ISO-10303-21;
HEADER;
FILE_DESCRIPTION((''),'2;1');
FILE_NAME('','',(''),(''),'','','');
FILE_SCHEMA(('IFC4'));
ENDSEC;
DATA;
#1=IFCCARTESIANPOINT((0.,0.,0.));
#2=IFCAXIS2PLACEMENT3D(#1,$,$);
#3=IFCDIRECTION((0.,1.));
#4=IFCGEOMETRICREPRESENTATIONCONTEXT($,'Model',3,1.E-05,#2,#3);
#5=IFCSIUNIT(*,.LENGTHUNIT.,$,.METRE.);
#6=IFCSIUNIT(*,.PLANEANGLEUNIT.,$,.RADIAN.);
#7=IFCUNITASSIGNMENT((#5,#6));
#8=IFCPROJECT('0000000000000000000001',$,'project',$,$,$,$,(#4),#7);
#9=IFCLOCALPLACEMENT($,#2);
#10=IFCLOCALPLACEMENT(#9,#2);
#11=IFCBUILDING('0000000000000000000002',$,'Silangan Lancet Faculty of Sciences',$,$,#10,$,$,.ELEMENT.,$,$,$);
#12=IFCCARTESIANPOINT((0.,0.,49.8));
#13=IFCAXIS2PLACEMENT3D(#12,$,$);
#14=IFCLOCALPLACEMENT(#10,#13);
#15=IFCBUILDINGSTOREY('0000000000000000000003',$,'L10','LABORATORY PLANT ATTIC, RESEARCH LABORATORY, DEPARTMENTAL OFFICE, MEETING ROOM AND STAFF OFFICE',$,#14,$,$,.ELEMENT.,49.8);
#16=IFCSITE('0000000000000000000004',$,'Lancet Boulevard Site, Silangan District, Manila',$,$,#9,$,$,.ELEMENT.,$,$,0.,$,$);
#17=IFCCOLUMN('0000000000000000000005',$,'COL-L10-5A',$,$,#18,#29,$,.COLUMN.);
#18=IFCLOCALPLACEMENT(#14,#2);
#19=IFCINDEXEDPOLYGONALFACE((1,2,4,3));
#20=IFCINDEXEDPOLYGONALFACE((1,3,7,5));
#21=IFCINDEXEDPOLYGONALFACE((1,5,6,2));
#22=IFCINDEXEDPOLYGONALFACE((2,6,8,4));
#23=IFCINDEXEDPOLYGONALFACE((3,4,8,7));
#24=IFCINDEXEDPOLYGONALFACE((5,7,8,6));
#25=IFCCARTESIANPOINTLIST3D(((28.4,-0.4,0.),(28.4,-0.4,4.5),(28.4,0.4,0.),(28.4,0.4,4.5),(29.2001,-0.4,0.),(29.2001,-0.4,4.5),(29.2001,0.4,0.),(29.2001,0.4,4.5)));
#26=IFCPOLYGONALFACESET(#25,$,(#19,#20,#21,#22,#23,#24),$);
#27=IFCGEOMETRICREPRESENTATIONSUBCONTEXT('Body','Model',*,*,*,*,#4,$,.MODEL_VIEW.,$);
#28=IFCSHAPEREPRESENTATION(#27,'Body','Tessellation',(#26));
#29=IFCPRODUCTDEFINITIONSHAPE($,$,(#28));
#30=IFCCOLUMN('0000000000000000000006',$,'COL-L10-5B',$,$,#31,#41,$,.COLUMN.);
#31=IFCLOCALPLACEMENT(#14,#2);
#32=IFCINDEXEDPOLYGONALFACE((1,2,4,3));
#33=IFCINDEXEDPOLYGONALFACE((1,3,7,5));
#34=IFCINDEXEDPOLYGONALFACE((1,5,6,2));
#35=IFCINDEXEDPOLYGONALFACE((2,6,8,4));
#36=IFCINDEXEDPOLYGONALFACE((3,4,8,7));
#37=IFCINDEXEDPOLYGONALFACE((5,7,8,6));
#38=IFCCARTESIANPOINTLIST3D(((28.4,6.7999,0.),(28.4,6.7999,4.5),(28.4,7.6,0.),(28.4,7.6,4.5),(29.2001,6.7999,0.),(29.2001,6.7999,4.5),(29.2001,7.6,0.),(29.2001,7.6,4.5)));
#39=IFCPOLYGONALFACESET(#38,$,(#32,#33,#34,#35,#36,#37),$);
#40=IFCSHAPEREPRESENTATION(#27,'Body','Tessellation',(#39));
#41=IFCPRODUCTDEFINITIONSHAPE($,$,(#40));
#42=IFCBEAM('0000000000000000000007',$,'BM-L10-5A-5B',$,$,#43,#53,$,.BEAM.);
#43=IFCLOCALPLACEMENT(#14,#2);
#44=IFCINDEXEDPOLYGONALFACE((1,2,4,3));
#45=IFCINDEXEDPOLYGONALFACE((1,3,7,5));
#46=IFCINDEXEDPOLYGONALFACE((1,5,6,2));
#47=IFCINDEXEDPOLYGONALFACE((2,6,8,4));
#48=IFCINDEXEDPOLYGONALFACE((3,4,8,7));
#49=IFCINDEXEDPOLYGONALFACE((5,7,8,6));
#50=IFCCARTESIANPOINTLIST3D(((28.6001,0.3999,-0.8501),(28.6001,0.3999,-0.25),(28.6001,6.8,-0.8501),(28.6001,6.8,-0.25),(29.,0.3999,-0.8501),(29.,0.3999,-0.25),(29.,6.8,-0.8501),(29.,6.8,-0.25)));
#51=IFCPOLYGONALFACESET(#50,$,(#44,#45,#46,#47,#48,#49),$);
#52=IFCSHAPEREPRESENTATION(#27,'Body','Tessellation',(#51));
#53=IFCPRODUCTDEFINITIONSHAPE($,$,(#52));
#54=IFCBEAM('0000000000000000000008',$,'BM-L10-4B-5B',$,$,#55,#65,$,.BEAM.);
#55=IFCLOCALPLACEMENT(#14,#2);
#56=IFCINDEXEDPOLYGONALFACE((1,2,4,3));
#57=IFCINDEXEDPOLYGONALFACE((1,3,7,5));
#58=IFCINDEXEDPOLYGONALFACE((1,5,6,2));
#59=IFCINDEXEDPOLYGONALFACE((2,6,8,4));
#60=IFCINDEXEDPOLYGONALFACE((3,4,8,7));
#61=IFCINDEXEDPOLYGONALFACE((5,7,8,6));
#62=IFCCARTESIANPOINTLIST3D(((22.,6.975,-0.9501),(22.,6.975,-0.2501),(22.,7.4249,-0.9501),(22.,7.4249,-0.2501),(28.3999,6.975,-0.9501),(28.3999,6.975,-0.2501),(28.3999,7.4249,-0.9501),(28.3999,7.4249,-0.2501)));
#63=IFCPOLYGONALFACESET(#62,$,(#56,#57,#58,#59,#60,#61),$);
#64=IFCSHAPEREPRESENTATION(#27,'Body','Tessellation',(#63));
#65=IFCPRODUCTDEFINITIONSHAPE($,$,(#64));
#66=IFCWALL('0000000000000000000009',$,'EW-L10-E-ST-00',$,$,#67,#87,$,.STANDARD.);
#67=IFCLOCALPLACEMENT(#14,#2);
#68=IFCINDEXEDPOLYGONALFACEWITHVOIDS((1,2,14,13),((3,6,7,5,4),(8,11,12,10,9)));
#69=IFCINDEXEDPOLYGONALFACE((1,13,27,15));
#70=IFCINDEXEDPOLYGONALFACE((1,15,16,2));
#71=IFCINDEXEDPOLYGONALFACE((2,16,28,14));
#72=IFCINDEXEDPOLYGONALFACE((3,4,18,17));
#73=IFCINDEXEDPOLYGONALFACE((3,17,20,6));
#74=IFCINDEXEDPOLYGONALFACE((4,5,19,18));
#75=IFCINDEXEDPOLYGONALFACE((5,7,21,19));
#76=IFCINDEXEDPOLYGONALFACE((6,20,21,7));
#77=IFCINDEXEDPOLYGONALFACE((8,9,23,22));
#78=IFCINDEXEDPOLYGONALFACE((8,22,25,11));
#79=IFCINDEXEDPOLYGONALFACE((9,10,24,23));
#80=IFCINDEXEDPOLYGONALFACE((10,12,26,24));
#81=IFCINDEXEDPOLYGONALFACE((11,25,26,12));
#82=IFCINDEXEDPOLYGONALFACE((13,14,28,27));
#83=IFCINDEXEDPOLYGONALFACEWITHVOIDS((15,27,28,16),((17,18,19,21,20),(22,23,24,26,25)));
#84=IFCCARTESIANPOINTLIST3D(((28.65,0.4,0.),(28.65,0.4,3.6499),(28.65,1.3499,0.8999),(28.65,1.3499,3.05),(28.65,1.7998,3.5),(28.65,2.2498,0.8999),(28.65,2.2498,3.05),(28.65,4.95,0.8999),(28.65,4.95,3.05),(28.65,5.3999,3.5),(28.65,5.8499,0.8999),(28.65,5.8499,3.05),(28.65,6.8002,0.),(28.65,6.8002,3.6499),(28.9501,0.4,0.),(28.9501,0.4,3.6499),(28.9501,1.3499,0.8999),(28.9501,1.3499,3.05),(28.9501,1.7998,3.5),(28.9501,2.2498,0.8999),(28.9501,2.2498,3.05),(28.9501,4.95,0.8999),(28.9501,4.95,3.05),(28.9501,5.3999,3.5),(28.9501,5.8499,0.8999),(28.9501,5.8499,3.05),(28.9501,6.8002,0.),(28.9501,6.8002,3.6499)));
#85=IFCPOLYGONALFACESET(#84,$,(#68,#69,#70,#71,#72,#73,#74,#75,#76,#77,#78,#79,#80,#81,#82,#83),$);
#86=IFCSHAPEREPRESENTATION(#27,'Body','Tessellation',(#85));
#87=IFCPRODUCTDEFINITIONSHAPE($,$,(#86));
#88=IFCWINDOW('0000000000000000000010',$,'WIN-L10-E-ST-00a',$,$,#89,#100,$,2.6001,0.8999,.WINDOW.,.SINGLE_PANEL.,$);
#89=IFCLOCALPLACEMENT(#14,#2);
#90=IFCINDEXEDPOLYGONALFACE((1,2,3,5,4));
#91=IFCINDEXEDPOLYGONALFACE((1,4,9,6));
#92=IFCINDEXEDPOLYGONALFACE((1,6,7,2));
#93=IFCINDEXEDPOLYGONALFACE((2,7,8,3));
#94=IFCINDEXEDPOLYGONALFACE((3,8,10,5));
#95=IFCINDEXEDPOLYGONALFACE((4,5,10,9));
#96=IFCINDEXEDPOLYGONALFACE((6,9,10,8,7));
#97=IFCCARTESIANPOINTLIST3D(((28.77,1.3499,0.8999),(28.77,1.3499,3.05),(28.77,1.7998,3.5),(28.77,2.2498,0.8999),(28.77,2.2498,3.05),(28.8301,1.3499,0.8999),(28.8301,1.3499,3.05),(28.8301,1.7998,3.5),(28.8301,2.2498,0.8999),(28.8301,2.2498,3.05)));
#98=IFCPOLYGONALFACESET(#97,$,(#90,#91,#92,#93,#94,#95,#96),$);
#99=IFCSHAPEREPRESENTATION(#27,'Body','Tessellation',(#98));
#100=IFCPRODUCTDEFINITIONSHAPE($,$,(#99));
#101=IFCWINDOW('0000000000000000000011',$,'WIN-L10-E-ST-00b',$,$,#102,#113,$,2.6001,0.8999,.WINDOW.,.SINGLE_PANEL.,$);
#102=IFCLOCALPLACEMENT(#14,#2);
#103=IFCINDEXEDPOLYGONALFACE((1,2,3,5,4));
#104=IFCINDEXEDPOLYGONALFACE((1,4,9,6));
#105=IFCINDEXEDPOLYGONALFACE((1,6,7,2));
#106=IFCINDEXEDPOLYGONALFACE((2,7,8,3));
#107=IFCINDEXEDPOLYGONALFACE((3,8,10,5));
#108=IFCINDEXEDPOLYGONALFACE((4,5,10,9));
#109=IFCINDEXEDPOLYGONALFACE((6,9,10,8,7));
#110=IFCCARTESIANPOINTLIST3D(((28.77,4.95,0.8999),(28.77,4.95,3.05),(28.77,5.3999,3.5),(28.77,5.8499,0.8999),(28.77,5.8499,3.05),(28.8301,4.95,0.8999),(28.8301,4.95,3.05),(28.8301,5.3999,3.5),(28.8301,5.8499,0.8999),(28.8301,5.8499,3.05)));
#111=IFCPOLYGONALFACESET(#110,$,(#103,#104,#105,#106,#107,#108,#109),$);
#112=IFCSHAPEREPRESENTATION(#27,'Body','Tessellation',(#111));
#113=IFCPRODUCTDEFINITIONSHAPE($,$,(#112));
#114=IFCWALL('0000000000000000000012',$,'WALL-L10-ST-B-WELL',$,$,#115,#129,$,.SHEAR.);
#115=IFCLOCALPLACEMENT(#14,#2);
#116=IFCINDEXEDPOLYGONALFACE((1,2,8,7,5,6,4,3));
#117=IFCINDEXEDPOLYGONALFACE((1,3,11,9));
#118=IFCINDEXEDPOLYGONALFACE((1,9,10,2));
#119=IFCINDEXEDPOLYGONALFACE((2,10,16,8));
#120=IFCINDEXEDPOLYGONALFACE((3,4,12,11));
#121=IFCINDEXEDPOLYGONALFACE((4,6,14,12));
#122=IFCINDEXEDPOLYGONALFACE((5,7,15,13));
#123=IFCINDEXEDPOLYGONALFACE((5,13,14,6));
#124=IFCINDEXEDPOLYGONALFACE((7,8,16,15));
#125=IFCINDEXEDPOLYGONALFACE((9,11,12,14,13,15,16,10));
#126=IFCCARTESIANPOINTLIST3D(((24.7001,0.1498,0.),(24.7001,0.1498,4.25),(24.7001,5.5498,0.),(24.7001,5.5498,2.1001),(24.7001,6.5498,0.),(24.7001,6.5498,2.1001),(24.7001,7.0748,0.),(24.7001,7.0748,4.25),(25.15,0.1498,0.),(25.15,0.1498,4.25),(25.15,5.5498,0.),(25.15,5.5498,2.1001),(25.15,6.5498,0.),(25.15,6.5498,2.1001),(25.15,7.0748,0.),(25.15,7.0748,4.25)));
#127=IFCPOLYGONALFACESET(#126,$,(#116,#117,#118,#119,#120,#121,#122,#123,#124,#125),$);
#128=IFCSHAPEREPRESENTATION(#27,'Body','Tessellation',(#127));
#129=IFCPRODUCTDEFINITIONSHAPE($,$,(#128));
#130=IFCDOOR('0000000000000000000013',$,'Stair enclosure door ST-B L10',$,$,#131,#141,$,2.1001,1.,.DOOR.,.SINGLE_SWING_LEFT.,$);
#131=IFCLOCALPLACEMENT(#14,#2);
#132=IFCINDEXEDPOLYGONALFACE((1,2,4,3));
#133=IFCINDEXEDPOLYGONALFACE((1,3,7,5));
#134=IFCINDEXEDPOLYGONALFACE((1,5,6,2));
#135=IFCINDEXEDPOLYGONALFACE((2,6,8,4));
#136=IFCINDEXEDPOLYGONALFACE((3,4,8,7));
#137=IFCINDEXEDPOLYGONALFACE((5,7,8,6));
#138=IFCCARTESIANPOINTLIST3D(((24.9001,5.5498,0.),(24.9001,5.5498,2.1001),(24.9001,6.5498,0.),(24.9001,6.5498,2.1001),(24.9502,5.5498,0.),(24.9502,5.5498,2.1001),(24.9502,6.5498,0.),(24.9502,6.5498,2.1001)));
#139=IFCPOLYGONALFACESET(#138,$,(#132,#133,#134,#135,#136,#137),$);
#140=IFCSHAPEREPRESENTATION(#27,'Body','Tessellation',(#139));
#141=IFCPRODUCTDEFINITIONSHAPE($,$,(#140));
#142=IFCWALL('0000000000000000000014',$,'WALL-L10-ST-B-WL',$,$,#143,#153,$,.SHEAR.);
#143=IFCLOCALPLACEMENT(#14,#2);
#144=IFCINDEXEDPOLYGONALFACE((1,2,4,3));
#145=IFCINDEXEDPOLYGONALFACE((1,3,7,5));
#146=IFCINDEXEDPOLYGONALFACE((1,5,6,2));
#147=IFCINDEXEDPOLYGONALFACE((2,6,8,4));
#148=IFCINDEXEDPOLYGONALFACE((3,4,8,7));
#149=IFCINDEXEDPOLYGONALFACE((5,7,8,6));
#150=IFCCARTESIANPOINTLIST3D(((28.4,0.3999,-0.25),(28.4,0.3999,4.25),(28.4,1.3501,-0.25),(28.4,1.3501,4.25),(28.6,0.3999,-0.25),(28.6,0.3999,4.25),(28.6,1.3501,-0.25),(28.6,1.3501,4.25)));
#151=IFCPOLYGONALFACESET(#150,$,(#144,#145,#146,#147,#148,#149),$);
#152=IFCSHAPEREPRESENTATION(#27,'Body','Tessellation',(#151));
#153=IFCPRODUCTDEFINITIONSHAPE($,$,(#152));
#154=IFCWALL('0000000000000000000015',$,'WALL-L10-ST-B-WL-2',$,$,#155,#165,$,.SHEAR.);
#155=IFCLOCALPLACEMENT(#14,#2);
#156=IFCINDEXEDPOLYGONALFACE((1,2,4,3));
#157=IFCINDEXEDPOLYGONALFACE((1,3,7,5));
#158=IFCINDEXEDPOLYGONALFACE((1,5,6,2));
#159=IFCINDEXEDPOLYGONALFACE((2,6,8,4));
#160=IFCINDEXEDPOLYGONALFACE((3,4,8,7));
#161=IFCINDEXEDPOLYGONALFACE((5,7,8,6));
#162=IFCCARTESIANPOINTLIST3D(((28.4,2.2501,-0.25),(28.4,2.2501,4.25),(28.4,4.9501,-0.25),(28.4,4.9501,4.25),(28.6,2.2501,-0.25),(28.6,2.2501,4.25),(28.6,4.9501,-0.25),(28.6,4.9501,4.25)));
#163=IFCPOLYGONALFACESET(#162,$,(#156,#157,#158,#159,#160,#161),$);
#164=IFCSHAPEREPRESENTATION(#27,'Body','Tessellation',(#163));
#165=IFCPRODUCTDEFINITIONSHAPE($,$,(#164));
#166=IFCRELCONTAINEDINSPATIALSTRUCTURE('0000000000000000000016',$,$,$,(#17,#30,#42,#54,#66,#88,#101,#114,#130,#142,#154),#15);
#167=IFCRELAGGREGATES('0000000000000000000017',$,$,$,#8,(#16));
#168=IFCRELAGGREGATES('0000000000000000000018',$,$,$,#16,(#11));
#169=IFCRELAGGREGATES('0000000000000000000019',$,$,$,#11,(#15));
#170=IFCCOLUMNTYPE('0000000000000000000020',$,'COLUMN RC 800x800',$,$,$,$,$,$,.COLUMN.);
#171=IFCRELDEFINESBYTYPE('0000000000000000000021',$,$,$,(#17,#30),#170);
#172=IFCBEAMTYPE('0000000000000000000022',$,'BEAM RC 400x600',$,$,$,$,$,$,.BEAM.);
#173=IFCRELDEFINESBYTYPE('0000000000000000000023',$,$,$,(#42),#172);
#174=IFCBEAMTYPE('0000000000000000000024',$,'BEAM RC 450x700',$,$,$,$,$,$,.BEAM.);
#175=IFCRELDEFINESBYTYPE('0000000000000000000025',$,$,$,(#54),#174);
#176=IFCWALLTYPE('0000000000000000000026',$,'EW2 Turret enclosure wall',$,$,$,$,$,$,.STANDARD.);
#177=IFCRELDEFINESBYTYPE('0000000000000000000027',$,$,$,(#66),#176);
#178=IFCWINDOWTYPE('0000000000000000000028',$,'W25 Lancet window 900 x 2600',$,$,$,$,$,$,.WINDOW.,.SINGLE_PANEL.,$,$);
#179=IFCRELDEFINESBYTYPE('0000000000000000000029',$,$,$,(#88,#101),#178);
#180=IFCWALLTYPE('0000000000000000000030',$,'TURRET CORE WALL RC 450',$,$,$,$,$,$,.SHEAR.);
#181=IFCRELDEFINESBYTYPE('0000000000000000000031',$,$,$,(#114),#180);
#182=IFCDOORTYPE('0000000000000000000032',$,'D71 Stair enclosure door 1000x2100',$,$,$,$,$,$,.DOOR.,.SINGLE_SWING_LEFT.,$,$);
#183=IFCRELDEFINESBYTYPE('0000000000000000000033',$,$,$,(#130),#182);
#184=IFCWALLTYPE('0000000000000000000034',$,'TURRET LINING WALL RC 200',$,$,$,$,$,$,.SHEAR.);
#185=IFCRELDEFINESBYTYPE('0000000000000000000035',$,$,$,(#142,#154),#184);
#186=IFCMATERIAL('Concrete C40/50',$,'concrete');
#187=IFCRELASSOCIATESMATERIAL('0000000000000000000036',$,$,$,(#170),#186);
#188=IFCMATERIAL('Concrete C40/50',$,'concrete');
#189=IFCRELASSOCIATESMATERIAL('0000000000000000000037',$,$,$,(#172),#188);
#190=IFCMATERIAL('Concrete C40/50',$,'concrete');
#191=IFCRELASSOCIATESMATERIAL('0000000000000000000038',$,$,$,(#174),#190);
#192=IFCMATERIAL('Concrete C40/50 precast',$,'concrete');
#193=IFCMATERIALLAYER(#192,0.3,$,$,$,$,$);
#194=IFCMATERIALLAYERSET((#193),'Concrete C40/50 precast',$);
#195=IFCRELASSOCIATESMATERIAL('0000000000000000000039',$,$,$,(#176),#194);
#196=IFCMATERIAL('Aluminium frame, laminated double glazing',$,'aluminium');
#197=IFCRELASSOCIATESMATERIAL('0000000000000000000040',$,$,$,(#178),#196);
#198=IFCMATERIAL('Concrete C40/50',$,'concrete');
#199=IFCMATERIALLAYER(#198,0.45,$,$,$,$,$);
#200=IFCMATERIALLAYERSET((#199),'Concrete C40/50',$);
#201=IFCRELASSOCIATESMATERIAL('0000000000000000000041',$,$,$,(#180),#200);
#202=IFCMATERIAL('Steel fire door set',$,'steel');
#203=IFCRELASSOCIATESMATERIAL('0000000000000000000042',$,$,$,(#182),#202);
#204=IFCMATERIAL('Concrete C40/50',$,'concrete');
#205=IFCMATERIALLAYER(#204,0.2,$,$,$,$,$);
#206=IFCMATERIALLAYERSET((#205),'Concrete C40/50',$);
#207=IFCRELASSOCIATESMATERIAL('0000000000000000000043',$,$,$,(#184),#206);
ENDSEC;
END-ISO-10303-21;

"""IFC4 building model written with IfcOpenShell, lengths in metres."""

from ifc_helpers import new_model, si_unit, direction, frame, frame_2d, origin, origin_2d, place, context, subcontext, project, spatial, polyline, rectangle, outline, extrude, material, layer, layer_set, material_profile, profile_set, type_object, element, fill, save


model = new_model("IFC4")

# Units and contexts
model_context = context("Model", 3, precision=1e-05, world=origin(), true_north=direction((0.0, 1.0)))
body_context = subcontext(model_context, "Body", "Model", "MODEL_VIEW")
ifc_project = project(units=[si_unit("LENGTHUNIT", "METRE"), si_unit("PLANEANGLEUNIT", "RADIAN")], contexts=[model_context])

# Site, building, storey
site_placement = place(None, origin())
site = spatial("IfcSite", under=ifc_project, at=site_placement, Name="Lancet Boulevard Site, Silangan District, Manila", CompositionType="ELEMENT", RefElevation=0.0)
building_placement = place(site_placement, origin())
building = spatial("IfcBuilding", under=site, at=building_placement, Name="Silangan Lancet Faculty of Sciences", CompositionType="ELEMENT")
storey_placement = place(building_placement, frame((0.0, 0.0, 49.8)))
storey = spatial("IfcBuildingStorey", under=building, at=storey_placement, Name="L10", Description="LABORATORY PLANT ATTIC, RESEARCH LABORATORY, DEPARTMENTAL OFFICE, MEETING ROOM AND STAFF OFFICE", CompositionType="ELEMENT", Elevation=49.8)

# Columns
ifc_material_1 = material(Name="Concrete C40/50", Category="concrete")
ifc_material_profile_1 = material_profile(ifc_material_1, rectangle(XDim=0.8, YDim=0.8, at=origin_2d()), Name="RC 800x800")
ifc_profile_set_1 = profile_set([ifc_material_profile_1], Name="Concrete C40/50")
column_type = type_object("IfcColumnType", Name="COLUMN RC 800x800", PredefinedType="COLUMN", material=ifc_profile_set_1)
for number, where, z_axis, x_axis, name in (
    (1, (28.8, 0.0, 0.0), (0.0, 0.0, 1.0), (1.0, 0.0, 0.0), "COL-L10-5A"),
    (2, (28.8, 7.2, 0.0), (0.0, 0.0, 1.0), (1.0, 0.0, 0.0), "COL-L10-5B"),
):
    element("IfcColumn", number, at=place(storey_placement, frame(where, z_axis=z_axis, x_axis=x_axis)), inside=storey, type_object=column_type, Name=name, PredefinedType="COLUMN", context=body_context, shape_type="SweptSolid", body=[
        extrude(rectangle(XDim=0.8, YDim=0.8, at=origin_2d()), origin(), (0.0, 0.0, 1.0), 4.5),
    ])

# Beams
ifc_material_2 = material(Name="Concrete C40/50", Category="concrete")
ifc_material_profile_2 = material_profile(ifc_material_2, rectangle(XDim=0.3999, YDim=0.6001, at=origin_2d()), Name="RC 400x600")
ifc_profile_set_2 = profile_set([ifc_material_profile_2], Name="Concrete C40/50")
beam_type_1 = type_object("IfcBeamType", Name="BEAM RC 400x600", PredefinedType="BEAM", material=ifc_profile_set_2)
beam_1_placement = place(storey_placement, frame((28.8, 0.3999, -0.55), z_axis=(0.0, 1.0, 0.0), x_axis=(-1.0, 0.0, 0.0)))
element("IfcBeam", 3, at=beam_1_placement, inside=storey, type_object=beam_type_1, Name="BM-L10-5A-5B", PredefinedType="BEAM", context=body_context, shape_type="SweptSolid", body=[
    extrude(rectangle(XDim=0.3999, YDim=0.6001, at=origin_2d()), origin(), (0.0, 0.0, 1.0), 6.4001),
])
ifc_material_3 = material(Name="Concrete C40/50", Category="concrete")
ifc_material_profile_3 = material_profile(ifc_material_3, rectangle(XDim=0.45, YDim=0.7, at=origin_2d()), Name="RC 450x700")
ifc_profile_set_3 = profile_set([ifc_material_profile_3], Name="Concrete C40/50")
beam_type_2 = type_object("IfcBeamType", Name="BEAM RC 450x700", PredefinedType="BEAM", material=ifc_profile_set_3)
beam_2_placement = place(storey_placement, frame((22.0, 7.2, -0.6001), z_axis=(1.0, 0.0, 0.0), x_axis=(0.0, 1.0, 0.0)))
element("IfcBeam", 4, at=beam_2_placement, inside=storey, type_object=beam_type_2, Name="BM-L10-4B-5B", PredefinedType="BEAM", context=body_context, shape_type="SweptSolid", body=[
    extrude(rectangle(XDim=0.45, YDim=0.7, at=origin_2d()), origin(), (0.0, 0.0, 1.0), 6.3999),
])

# Wall, openings, windows
ifc_material_4 = material(Name="Concrete C40/50 precast", Category="concrete")
ifc_layer_1 = layer(ifc_material_4, 0.3)
ifc_layer_set_1 = layer_set([ifc_layer_1], Name="Concrete C40/50 precast")
wall_type_1 = type_object("IfcWallType", Name="EW2 Turret enclosure wall", PredefinedType="STANDARD", material=ifc_layer_set_1)
wall_1_placement = place(storey_placement, frame((28.8, 0.3999, 0.0), z_axis=(0.0, 0.0, 1.0), x_axis=(0.0, 1.0, 0.0)))
wall_1 = element("IfcWall", 5, at=wall_1_placement, inside=storey, type_object=wall_type_1, Name="EW-L10-E-ST-00", PredefinedType="STANDARD", context=body_context, shape_type="SweptSolid", body=[
    extrude(rectangle(XDim=6.4001, YDim=0.3, at=frame_2d((3.2002, 0.0))), origin(), (0.0, 0.0, 1.0), 3.6499),
])
opening_1_placement = place(wall_1_placement, frame((0.95, 0.0, 0.8999)))
opening_1 = element("IfcOpeningElement", 6, at=opening_1_placement, cuts=wall_1, PredefinedType="OPENING", context=body_context, shape_type="SweptSolid", body=[
    extrude(outline(polyline([(0.0, 0.0), (0.8999, 0.0), (0.8999, 2.1501), (0.45, 2.6001), (0.0, 2.1501), (0.0, 0.0)])), frame((0.0, 0.1599, 0.0), z_axis=(0.0, -1.0, 0.0), x_axis=(1.0, 0.0, 0.0)), (0.0, 0.0, 1.0), 0.3201),
])
opening_2_placement = place(wall_1_placement, frame((4.55, 0.0, 0.8999)))
opening_2 = element("IfcOpeningElement", 7, at=opening_2_placement, cuts=wall_1, PredefinedType="OPENING", context=body_context, shape_type="SweptSolid", body=[
    extrude(outline(polyline([(0.0, 0.0), (0.8999, 0.0), (0.8999, 2.1501), (0.45, 2.6001), (0.0, 2.1501), (0.0, 0.0)])), frame((0.0, 0.1599, 0.0), z_axis=(0.0, -1.0, 0.0), x_axis=(1.0, 0.0, 0.0)), (0.0, 0.0, 1.0), 0.3201),
])
ifc_material_5 = material(Name="Aluminium frame, laminated double glazing", Category="aluminium")
window_type = type_object("IfcWindowType", Name="W25 Lancet window 900 x 2600", PartitioningType="SINGLE_PANEL", PredefinedType="WINDOW", material=ifc_material_5)
window_1_placement = place(opening_1_placement, origin())
window_1 = element("IfcWindow", 8, at=window_1_placement, inside=storey, type_object=window_type, Name="WIN-L10-E-ST-00a", OverallHeight=2.6001, OverallWidth=0.8999, PartitioningType="SINGLE_PANEL", PredefinedType="WINDOW", context=body_context, shape_type="SweptSolid", body=[
    extrude(outline(polyline([(0.0, 0.0), (0.8999, 0.0), (0.8999, 2.1501), (0.45, 2.6001), (0.0, 2.1501), (0.0, 0.0)])), frame((0.0, 0.03, 0.0), z_axis=(0.0, -1.0, 0.0), x_axis=(1.0, 0.0, 0.0)), (0.0, 0.0, 1.0), 0.0601),
])
fill(opening_1, window_1)
window_2_placement = place(opening_2_placement, origin())
window_2 = element("IfcWindow", 9, at=window_2_placement, inside=storey, type_object=window_type, Name="WIN-L10-E-ST-00b", OverallHeight=2.6001, OverallWidth=0.8999, PartitioningType="SINGLE_PANEL", PredefinedType="WINDOW", context=body_context, shape_type="SweptSolid", body=[
    extrude(outline(polyline([(0.0, 0.0), (0.8999, 0.0), (0.8999, 2.1501), (0.45, 2.6001), (0.0, 2.1501), (0.0, 0.0)])), frame((0.0, 0.03, 0.0), z_axis=(0.0, -1.0, 0.0), x_axis=(1.0, 0.0, 0.0)), (0.0, 0.0, 1.0), 0.0601),
])
fill(opening_2, window_2)

# Wall, opening, door
ifc_material_6 = material(Name="Concrete C40/50", Category="concrete")
ifc_layer_2 = layer(ifc_material_6, 0.45)
ifc_layer_set_2 = layer_set([ifc_layer_2], Name="Concrete C40/50")
wall_type_2 = type_object("IfcWallType", Name="TURRET CORE WALL RC 450", PredefinedType="SHEAR", material=ifc_layer_set_2)
wall_2_placement = place(storey_placement, frame((24.925, 0.1499, 0.0), z_axis=(0.0, 0.0, 1.0), x_axis=(0.0, 1.0, 0.0)))
wall_2 = element("IfcWall", 10, at=wall_2_placement, inside=storey, type_object=wall_type_2, Name="WALL-L10-ST-B-WELL", PredefinedType="SHEAR", context=body_context, shape_type="SweptSolid", body=[
    extrude(rectangle(XDim=6.925, YDim=0.45, at=frame_2d((3.4624, 0.0))), origin(), (0.0, 0.0, 1.0), 4.25),
])
opening_3_placement = place(wall_2_placement, frame((5.3999, 0.0, 0.0)))
opening_3 = element("IfcOpeningElement", 11, at=opening_3_placement, cuts=wall_2, PredefinedType="OPENING", context=body_context, shape_type="SweptSolid", body=[
    extrude(rectangle(XDim=1.0, YDim=2.1001, at=frame_2d((0.5, 1.05))), frame((0.0, 0.2349, 0.0), z_axis=(0.0, -1.0, 0.0), x_axis=(1.0, 0.0, 0.0)), (0.0, 0.0, 1.0), 0.47),
])
ifc_material_7 = material(Name="Steel fire door set", Category="steel")
door_type_1 = type_object("IfcDoorType", Name="D71 Stair enclosure door 1000x2100", OperationType="SINGLE_SWING_LEFT", PredefinedType="DOOR", material=ifc_material_7)
door_1_placement = place(opening_3_placement, frame((1.0, 0.0, 0.0), z_axis=(0.0, 0.0, 1.0), x_axis=(-1.0, 0.0, 0.0)))
door_1 = element("IfcDoor", 12, at=door_1_placement, inside=storey, type_object=door_type_1, Name="Stair enclosure door ST-B L10", OperationType="SINGLE_SWING_LEFT", OverallHeight=2.1001, OverallWidth=1.0, PredefinedType="DOOR", context=body_context, shape_type="SweptSolid", body=[
    extrude(rectangle(XDim=1.0, YDim=2.1001, at=frame_2d((0.5, 1.05))), frame((0.0, 0.0251, 0.0), z_axis=(0.0, -1.0, 0.0), x_axis=(1.0, 0.0, 0.0)), (0.0, 0.0, 1.0), 0.05),
])
fill(opening_3, door_1)

# Walls
ifc_material_8 = material(Name="Concrete C40/50", Category="concrete")
ifc_layer_3 = layer(ifc_material_8, 0.2)
ifc_layer_set_3 = layer_set([ifc_layer_3], Name="Concrete C40/50")
wall_type_3 = type_object("IfcWallType", Name="TURRET LINING WALL RC 200", PredefinedType="SHEAR", material=ifc_layer_set_3)
wall_3_placement = place(storey_placement, frame((28.5, 0.3999, -0.25), z_axis=(0.0, 0.0, 1.0), x_axis=(0.0, 1.0, 0.0)))
element("IfcWall", 13, at=wall_3_placement, inside=storey, type_object=wall_type_3, Name="WALL-L10-ST-B-WL", PredefinedType="SHEAR", context=body_context, shape_type="SweptSolid", body=[
    extrude(rectangle(XDim=0.9502, YDim=0.2, at=frame_2d((0.4751, 0.0))), origin(), (0.0, 0.0, 1.0), 4.5),
])
wall_4_placement = place(storey_placement, frame((28.5, 2.25, -0.25), z_axis=(0.0, 0.0, 1.0), x_axis=(0.0, 1.0, 0.0)))
element("IfcWall", 14, at=wall_4_placement, inside=storey, type_object=wall_type_3, Name="WALL-L10-ST-B-WL-2", PredefinedType="SHEAR", context=body_context, shape_type="SweptSolid", body=[
    extrude(rectangle(XDim=2.7, YDim=0.2, at=frame_2d((1.3501, 0.0))), origin(), (0.0, 0.0, 1.0), 4.5),
])

save(model, "model.ifc")
